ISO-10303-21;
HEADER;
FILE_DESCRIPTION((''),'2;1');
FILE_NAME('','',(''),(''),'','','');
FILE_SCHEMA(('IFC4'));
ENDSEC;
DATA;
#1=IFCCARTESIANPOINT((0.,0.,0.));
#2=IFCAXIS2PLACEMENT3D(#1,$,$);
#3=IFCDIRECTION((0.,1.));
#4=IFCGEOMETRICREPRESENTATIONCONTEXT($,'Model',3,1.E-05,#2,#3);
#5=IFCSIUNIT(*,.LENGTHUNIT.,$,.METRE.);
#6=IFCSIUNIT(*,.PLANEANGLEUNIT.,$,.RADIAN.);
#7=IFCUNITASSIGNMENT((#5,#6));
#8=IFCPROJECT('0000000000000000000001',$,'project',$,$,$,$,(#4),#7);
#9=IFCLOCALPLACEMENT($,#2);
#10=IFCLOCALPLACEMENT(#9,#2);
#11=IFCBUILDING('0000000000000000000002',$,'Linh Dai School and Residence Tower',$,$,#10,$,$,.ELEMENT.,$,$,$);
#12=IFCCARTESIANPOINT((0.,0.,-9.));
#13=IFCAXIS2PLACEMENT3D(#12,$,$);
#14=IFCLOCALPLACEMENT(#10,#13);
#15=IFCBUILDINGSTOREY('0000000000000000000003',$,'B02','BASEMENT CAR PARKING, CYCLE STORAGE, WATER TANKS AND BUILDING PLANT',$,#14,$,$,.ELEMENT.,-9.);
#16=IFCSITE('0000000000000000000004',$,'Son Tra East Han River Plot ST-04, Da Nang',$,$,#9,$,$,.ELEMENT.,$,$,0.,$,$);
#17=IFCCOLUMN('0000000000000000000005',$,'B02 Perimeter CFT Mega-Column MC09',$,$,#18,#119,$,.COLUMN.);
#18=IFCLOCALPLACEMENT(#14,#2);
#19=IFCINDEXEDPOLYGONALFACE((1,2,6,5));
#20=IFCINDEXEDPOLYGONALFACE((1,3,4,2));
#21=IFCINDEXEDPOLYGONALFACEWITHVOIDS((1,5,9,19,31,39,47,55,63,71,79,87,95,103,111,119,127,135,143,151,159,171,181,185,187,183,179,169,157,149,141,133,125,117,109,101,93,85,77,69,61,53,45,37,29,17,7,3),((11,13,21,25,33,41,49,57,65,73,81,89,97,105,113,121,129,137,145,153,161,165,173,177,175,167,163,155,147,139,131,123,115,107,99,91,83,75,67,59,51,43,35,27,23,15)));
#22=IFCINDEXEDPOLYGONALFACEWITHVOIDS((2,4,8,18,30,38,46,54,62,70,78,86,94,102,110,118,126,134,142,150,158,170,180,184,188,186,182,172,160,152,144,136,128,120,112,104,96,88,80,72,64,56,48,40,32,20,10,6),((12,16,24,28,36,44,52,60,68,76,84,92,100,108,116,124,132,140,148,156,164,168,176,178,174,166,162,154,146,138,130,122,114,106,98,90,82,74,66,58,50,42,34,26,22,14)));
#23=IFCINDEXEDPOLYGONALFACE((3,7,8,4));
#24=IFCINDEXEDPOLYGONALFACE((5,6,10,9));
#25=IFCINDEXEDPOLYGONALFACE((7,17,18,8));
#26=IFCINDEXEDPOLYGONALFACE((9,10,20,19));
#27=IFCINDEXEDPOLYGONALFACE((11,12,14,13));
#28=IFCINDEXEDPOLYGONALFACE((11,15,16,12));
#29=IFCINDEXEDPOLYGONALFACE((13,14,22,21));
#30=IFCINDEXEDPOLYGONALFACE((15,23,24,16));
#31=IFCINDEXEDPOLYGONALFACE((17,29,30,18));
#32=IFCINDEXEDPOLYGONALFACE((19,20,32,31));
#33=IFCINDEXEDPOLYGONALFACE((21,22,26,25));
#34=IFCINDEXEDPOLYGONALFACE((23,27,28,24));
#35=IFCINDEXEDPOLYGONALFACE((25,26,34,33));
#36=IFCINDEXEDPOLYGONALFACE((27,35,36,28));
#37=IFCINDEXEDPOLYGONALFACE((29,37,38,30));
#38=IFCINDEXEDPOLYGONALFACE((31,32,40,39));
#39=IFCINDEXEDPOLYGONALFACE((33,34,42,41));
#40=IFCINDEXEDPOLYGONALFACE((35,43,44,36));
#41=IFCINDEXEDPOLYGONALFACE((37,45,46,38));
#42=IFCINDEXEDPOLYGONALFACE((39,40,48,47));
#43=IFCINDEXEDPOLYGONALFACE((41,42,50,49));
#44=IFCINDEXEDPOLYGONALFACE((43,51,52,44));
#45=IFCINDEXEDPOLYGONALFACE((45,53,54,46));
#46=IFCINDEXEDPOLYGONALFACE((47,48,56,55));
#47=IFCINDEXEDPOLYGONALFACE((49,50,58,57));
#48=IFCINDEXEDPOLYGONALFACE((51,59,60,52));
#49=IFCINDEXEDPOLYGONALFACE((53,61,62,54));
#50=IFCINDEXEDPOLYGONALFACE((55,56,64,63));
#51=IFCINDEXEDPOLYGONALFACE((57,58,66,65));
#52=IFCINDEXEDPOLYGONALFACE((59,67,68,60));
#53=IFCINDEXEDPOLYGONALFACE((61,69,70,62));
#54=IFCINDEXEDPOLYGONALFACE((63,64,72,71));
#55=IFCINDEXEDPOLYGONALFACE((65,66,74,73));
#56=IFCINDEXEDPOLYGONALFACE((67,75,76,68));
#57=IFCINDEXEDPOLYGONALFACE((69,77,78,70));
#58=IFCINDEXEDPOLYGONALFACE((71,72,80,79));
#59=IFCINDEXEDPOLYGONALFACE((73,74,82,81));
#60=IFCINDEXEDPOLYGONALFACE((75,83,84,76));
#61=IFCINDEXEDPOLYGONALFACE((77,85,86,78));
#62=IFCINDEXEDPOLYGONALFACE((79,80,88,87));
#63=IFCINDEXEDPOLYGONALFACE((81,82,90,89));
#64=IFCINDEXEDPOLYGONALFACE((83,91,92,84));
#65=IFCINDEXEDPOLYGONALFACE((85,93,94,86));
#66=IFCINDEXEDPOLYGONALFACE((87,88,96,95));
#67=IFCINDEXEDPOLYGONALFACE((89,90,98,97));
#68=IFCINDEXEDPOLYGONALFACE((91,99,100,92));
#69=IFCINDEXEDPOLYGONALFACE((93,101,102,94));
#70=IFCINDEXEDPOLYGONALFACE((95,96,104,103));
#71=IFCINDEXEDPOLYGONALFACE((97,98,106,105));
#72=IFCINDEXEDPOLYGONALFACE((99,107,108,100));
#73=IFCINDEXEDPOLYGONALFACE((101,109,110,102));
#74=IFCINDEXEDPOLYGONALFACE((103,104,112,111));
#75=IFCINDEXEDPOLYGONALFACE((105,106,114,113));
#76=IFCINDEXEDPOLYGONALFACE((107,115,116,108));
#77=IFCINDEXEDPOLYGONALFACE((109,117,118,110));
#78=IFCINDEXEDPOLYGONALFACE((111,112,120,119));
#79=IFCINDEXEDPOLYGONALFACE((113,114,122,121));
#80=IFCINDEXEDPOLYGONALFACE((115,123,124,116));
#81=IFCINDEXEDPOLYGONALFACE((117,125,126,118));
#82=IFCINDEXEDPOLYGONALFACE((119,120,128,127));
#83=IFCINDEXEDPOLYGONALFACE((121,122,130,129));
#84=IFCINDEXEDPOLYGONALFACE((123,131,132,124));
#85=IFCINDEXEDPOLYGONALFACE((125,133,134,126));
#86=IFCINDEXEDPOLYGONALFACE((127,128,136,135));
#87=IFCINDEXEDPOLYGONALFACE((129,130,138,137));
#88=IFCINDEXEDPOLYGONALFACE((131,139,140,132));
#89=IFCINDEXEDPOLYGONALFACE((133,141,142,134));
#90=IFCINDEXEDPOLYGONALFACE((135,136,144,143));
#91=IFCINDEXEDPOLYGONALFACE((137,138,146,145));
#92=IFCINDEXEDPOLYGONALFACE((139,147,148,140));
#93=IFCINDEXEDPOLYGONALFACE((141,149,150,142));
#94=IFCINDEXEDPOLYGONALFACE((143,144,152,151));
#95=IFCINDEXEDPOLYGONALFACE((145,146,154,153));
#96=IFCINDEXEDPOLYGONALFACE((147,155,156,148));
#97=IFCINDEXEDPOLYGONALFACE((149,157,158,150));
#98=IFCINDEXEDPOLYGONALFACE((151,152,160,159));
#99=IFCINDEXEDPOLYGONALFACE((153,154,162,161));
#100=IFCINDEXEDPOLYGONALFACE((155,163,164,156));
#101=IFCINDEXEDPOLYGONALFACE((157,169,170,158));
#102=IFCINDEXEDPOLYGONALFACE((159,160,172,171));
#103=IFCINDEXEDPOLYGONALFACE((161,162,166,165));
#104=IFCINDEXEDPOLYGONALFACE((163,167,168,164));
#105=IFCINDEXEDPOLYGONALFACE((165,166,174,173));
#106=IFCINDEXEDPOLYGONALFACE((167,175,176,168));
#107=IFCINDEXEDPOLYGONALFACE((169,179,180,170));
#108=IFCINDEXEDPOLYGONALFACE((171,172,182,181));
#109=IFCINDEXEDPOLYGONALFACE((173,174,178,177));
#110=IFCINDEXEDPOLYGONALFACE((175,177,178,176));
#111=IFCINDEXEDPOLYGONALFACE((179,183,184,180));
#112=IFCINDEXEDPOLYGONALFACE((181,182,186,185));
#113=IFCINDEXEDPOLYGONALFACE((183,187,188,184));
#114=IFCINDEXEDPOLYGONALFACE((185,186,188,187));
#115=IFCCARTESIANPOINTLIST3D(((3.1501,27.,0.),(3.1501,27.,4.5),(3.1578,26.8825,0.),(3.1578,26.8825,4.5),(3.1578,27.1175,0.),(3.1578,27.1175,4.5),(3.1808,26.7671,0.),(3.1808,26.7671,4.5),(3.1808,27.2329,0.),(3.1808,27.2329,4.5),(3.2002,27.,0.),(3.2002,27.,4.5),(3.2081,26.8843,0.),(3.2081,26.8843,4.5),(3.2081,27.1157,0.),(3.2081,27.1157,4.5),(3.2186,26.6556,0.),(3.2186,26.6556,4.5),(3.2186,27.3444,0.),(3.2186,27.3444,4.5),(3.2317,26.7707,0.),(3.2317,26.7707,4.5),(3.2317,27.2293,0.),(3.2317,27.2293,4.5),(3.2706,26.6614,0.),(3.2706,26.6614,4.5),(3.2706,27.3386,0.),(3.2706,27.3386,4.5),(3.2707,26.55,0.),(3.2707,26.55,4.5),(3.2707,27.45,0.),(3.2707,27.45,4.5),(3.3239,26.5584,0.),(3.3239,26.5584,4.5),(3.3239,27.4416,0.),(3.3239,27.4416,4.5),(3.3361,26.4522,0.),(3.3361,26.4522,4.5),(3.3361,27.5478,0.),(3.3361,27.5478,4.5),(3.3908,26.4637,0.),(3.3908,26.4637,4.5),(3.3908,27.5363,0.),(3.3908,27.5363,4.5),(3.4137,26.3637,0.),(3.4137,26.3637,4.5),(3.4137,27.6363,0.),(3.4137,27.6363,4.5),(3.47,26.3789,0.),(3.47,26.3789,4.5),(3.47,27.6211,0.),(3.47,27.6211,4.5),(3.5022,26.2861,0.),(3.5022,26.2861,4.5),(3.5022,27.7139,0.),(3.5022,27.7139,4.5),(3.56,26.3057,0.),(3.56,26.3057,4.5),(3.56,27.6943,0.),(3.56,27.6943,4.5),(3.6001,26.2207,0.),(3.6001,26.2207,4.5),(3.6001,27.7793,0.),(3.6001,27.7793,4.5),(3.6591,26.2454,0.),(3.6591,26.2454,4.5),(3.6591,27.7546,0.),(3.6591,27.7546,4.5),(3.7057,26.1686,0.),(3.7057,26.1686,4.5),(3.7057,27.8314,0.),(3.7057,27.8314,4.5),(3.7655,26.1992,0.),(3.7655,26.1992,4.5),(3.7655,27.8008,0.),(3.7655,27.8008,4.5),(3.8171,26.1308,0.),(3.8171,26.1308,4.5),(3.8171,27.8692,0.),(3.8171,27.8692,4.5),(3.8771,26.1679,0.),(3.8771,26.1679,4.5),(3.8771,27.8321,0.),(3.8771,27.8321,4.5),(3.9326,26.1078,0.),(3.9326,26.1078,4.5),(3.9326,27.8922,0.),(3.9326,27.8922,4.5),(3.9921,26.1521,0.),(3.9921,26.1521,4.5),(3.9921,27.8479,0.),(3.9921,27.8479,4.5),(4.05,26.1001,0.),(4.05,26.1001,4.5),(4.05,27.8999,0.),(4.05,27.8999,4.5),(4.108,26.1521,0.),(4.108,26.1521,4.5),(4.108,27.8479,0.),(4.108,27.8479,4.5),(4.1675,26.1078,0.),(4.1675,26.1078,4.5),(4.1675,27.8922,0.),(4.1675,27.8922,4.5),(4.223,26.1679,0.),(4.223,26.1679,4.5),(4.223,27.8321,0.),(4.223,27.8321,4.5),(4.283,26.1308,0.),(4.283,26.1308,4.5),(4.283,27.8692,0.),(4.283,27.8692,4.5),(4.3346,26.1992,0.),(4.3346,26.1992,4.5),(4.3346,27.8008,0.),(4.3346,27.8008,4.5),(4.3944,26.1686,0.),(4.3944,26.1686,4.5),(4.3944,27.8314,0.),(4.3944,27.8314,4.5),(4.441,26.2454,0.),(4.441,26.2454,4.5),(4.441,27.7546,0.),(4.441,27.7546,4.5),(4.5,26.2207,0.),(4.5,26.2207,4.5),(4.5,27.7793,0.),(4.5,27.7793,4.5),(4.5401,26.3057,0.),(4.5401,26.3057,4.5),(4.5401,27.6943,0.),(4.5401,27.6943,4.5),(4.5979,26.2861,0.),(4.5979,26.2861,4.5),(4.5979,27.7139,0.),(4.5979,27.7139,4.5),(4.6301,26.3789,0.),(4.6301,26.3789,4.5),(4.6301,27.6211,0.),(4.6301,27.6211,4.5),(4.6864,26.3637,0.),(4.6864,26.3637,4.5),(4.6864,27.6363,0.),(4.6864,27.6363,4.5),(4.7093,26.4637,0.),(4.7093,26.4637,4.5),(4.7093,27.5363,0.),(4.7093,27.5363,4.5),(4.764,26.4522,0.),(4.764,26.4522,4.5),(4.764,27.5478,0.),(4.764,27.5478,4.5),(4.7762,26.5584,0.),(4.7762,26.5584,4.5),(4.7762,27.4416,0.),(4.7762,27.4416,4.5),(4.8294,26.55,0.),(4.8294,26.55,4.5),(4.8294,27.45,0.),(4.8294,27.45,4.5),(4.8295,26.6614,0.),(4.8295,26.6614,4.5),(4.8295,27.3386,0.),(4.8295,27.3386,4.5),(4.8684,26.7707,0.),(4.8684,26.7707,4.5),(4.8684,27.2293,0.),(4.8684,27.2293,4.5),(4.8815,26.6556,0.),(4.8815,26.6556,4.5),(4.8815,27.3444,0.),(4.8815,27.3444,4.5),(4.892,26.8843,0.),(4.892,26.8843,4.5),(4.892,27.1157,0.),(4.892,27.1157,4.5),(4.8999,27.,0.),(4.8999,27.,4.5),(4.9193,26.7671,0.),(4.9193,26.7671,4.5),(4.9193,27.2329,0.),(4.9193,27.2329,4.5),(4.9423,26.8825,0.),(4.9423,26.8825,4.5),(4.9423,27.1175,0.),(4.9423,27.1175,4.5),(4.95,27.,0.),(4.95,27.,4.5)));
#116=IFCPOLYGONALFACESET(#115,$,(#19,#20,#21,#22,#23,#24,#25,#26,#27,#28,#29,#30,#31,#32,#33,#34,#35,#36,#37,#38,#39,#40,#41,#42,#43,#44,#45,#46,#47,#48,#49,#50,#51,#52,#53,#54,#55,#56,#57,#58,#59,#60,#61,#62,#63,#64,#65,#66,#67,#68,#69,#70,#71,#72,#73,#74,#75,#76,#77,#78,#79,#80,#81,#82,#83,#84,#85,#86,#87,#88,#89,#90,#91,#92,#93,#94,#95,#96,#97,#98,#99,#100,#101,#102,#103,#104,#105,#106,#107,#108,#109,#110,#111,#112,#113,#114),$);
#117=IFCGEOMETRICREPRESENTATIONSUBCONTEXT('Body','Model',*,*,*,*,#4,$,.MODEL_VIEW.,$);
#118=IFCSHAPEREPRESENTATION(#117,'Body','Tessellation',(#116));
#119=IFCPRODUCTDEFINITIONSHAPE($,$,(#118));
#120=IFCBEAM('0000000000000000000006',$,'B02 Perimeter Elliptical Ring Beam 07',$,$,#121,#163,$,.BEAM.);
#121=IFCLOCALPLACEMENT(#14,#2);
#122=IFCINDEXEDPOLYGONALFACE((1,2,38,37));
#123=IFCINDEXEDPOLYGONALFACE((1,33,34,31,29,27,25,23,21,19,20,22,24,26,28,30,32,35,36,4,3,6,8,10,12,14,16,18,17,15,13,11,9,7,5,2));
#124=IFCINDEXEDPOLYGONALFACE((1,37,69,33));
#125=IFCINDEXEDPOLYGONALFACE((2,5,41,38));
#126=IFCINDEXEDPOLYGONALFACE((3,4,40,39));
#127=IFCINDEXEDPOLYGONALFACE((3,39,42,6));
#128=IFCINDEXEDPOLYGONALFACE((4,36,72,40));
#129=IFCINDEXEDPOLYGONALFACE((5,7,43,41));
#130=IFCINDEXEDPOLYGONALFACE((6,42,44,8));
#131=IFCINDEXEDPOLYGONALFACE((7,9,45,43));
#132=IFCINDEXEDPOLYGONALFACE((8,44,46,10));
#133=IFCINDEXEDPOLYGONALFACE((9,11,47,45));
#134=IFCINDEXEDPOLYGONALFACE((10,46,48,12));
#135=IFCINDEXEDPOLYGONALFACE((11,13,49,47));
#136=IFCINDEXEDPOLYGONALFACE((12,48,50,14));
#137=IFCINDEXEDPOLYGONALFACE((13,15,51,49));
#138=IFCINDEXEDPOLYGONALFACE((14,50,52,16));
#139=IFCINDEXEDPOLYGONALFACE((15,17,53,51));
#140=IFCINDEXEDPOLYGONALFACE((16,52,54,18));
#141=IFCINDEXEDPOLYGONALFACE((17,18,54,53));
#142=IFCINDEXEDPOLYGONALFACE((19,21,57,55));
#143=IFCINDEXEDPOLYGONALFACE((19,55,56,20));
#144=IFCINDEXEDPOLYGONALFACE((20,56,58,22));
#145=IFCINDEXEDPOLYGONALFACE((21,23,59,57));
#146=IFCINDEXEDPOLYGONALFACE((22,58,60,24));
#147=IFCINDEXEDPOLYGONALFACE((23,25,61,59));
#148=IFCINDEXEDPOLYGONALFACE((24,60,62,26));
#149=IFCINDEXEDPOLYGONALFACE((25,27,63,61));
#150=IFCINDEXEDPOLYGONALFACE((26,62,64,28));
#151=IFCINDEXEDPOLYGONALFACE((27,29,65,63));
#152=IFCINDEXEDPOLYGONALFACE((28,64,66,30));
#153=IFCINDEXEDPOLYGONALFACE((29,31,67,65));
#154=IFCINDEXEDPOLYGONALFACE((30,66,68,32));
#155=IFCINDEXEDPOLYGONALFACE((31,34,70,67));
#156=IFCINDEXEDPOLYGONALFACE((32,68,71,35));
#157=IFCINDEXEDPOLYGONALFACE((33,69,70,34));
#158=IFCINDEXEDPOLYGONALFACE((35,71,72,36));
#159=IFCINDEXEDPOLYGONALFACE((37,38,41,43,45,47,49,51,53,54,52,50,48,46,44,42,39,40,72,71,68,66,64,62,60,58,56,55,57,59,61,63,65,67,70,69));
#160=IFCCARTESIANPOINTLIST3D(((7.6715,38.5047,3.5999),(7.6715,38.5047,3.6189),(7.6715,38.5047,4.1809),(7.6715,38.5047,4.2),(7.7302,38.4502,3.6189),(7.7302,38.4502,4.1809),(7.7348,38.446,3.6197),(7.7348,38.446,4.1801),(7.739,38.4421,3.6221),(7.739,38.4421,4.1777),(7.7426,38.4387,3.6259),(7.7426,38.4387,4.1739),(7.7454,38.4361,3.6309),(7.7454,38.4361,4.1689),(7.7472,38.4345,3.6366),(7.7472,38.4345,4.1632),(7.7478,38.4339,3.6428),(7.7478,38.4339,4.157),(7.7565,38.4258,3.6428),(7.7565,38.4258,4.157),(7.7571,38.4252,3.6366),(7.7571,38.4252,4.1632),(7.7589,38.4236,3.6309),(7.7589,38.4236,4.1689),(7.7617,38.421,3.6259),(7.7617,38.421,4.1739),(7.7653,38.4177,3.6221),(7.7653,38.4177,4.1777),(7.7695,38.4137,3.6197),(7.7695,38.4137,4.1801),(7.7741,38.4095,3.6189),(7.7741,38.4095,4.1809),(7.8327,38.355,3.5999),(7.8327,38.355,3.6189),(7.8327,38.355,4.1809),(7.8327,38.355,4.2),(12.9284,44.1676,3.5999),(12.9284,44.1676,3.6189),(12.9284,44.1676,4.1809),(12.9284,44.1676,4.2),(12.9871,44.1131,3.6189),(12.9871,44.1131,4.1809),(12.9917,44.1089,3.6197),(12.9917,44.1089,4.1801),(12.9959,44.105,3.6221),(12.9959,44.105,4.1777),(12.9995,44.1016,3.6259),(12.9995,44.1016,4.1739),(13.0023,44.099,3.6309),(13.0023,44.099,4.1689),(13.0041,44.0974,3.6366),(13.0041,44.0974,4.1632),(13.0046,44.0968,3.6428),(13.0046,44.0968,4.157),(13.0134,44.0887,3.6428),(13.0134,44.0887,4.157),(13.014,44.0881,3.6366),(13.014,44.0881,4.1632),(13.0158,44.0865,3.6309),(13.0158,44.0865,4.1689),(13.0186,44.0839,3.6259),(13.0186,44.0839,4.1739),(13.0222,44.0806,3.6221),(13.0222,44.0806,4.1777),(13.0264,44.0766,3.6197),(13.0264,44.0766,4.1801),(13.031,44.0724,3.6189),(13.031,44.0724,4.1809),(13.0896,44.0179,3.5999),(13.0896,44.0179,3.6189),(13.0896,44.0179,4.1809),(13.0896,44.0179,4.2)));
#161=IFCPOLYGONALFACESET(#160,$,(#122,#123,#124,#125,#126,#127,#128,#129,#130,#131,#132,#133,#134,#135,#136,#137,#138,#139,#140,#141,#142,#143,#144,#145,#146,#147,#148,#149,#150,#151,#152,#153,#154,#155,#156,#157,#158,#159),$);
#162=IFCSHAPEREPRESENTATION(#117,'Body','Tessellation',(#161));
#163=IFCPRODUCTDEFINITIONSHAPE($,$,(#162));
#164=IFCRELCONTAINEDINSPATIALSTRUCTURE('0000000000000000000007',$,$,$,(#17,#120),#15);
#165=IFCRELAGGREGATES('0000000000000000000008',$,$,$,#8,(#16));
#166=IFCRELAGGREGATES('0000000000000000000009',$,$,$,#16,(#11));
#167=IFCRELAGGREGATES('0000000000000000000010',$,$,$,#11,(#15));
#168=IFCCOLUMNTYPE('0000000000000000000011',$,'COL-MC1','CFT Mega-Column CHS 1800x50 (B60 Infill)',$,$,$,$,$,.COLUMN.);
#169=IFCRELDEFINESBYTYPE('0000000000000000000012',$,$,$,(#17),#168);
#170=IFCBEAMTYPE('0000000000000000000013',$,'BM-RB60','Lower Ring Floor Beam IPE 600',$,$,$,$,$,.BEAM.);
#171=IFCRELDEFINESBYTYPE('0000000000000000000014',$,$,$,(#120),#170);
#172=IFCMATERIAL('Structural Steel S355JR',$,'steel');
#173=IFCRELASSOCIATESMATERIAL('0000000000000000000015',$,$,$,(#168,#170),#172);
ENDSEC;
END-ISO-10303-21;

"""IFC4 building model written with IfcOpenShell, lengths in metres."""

from ifc_helpers import new_model, si_unit, direction, frame, origin, origin_2d, place, context, subcontext, project, spatial, hollow_circle, i_section, extrude, material, material_profile, profile_set, type_object, element, save


model = new_model("IFC4")

# Units and contexts
model_context = context("Model", 3, precision=1e-05, world=origin(), true_north=direction((0.0, 1.0)))
body_context = subcontext(model_context, "Body", "Model", "MODEL_VIEW")
ifc_project = project(units=[si_unit("LENGTHUNIT", "METRE"), si_unit("PLANEANGLEUNIT", "RADIAN")], contexts=[model_context])

# Site, building, storey
site_placement = place(None, origin())
site = spatial("IfcSite", under=ifc_project, at=site_placement, Name="Son Tra East Han River Plot ST-04, Da Nang", CompositionType="ELEMENT", RefElevation=0.0)
building_placement = place(site_placement, origin())
building = spatial("IfcBuilding", under=site, at=building_placement, Name="Linh Dai School and Residence Tower", CompositionType="ELEMENT")
storey_placement = place(building_placement, frame((0.0, 0.0, -9.0)))
storey = spatial("IfcBuildingStorey", under=building, at=storey_placement, Name="B02", Description="BASEMENT CAR PARKING, CYCLE STORAGE, WATER TANKS AND BUILDING PLANT", CompositionType="ELEMENT", Elevation=-9.0)

# Column
ifc_material_1 = material(Name="Structural Steel S355JR", Category="steel")
ifc_material_profile_1 = material_profile(ifc_material_1, hollow_circle(Radius=0.8999, WallThickness=0.05, at=origin_2d()), Name="CHS 1800x50")
ifc_profile_set_1 = profile_set([ifc_material_profile_1], Name="Structural Steel S355JR")
column_type = type_object("IfcColumnType", Name="COL-MC1", Description="CFT Mega-Column CHS 1800x50 (B60 Infill)", PredefinedType="COLUMN", material=ifc_profile_set_1)
for number, where, z_axis, x_axis, name in (
    (1, (4.05, 27.0, 0.0), (0.0, 0.0, 1.0), (1.0, 0.0, 0.0), "B02 Perimeter CFT Mega-Column MC09"),
):
    element("IfcColumn", number, at=place(storey_placement, frame(where, z_axis=z_axis, x_axis=x_axis)), inside=storey, type_object=column_type, Name=name, PredefinedType="COLUMN", context=body_context, shape_type="SweptSolid", body=[
        extrude(hollow_circle(Radius=0.8999, WallThickness=0.05, at=origin_2d()), origin(), (0.0, 0.0, 1.0), 4.5),
    ])

# Beam
ifc_material_profile_2 = material_profile(ifc_material_1, i_section(OverallWidth=0.22, OverallDepth=0.6001, WebThickness=0.012, FlangeThickness=0.019, FilletRadius=0.0239, at=origin_2d()), Name="IPE 600")
ifc_profile_set_2 = profile_set([ifc_material_profile_2], Name="Structural Steel S355JR")
beam_type_1 = type_object("IfcBeamType", Name="BM-RB60", Description="Lower Ring Floor Beam IPE 600", PredefinedType="BEAM", material=ifc_profile_set_2)
beam_1_placement = place(storey_placement, frame((13.009, 44.0928, 3.8999), z_axis=(-0.680346, -0.732891, 0.0), x_axis=(0.732891, -0.680346, 0.0)))
element("IfcBeam", 2, at=beam_1_placement, inside=storey, type_object=beam_type_1, Name="B02 Perimeter Elliptical Ring Beam 07", PredefinedType="BEAM", context=body_context, shape_type="SweptSolid", body=[
    extrude(i_section(OverallWidth=0.22, OverallDepth=0.6001, WebThickness=0.012, FlangeThickness=0.019, FilletRadius=0.0239, at=origin_2d()), origin(), (0.0, 0.0, 1.0), 7.7268),
])

save(model, "model.ifc")
